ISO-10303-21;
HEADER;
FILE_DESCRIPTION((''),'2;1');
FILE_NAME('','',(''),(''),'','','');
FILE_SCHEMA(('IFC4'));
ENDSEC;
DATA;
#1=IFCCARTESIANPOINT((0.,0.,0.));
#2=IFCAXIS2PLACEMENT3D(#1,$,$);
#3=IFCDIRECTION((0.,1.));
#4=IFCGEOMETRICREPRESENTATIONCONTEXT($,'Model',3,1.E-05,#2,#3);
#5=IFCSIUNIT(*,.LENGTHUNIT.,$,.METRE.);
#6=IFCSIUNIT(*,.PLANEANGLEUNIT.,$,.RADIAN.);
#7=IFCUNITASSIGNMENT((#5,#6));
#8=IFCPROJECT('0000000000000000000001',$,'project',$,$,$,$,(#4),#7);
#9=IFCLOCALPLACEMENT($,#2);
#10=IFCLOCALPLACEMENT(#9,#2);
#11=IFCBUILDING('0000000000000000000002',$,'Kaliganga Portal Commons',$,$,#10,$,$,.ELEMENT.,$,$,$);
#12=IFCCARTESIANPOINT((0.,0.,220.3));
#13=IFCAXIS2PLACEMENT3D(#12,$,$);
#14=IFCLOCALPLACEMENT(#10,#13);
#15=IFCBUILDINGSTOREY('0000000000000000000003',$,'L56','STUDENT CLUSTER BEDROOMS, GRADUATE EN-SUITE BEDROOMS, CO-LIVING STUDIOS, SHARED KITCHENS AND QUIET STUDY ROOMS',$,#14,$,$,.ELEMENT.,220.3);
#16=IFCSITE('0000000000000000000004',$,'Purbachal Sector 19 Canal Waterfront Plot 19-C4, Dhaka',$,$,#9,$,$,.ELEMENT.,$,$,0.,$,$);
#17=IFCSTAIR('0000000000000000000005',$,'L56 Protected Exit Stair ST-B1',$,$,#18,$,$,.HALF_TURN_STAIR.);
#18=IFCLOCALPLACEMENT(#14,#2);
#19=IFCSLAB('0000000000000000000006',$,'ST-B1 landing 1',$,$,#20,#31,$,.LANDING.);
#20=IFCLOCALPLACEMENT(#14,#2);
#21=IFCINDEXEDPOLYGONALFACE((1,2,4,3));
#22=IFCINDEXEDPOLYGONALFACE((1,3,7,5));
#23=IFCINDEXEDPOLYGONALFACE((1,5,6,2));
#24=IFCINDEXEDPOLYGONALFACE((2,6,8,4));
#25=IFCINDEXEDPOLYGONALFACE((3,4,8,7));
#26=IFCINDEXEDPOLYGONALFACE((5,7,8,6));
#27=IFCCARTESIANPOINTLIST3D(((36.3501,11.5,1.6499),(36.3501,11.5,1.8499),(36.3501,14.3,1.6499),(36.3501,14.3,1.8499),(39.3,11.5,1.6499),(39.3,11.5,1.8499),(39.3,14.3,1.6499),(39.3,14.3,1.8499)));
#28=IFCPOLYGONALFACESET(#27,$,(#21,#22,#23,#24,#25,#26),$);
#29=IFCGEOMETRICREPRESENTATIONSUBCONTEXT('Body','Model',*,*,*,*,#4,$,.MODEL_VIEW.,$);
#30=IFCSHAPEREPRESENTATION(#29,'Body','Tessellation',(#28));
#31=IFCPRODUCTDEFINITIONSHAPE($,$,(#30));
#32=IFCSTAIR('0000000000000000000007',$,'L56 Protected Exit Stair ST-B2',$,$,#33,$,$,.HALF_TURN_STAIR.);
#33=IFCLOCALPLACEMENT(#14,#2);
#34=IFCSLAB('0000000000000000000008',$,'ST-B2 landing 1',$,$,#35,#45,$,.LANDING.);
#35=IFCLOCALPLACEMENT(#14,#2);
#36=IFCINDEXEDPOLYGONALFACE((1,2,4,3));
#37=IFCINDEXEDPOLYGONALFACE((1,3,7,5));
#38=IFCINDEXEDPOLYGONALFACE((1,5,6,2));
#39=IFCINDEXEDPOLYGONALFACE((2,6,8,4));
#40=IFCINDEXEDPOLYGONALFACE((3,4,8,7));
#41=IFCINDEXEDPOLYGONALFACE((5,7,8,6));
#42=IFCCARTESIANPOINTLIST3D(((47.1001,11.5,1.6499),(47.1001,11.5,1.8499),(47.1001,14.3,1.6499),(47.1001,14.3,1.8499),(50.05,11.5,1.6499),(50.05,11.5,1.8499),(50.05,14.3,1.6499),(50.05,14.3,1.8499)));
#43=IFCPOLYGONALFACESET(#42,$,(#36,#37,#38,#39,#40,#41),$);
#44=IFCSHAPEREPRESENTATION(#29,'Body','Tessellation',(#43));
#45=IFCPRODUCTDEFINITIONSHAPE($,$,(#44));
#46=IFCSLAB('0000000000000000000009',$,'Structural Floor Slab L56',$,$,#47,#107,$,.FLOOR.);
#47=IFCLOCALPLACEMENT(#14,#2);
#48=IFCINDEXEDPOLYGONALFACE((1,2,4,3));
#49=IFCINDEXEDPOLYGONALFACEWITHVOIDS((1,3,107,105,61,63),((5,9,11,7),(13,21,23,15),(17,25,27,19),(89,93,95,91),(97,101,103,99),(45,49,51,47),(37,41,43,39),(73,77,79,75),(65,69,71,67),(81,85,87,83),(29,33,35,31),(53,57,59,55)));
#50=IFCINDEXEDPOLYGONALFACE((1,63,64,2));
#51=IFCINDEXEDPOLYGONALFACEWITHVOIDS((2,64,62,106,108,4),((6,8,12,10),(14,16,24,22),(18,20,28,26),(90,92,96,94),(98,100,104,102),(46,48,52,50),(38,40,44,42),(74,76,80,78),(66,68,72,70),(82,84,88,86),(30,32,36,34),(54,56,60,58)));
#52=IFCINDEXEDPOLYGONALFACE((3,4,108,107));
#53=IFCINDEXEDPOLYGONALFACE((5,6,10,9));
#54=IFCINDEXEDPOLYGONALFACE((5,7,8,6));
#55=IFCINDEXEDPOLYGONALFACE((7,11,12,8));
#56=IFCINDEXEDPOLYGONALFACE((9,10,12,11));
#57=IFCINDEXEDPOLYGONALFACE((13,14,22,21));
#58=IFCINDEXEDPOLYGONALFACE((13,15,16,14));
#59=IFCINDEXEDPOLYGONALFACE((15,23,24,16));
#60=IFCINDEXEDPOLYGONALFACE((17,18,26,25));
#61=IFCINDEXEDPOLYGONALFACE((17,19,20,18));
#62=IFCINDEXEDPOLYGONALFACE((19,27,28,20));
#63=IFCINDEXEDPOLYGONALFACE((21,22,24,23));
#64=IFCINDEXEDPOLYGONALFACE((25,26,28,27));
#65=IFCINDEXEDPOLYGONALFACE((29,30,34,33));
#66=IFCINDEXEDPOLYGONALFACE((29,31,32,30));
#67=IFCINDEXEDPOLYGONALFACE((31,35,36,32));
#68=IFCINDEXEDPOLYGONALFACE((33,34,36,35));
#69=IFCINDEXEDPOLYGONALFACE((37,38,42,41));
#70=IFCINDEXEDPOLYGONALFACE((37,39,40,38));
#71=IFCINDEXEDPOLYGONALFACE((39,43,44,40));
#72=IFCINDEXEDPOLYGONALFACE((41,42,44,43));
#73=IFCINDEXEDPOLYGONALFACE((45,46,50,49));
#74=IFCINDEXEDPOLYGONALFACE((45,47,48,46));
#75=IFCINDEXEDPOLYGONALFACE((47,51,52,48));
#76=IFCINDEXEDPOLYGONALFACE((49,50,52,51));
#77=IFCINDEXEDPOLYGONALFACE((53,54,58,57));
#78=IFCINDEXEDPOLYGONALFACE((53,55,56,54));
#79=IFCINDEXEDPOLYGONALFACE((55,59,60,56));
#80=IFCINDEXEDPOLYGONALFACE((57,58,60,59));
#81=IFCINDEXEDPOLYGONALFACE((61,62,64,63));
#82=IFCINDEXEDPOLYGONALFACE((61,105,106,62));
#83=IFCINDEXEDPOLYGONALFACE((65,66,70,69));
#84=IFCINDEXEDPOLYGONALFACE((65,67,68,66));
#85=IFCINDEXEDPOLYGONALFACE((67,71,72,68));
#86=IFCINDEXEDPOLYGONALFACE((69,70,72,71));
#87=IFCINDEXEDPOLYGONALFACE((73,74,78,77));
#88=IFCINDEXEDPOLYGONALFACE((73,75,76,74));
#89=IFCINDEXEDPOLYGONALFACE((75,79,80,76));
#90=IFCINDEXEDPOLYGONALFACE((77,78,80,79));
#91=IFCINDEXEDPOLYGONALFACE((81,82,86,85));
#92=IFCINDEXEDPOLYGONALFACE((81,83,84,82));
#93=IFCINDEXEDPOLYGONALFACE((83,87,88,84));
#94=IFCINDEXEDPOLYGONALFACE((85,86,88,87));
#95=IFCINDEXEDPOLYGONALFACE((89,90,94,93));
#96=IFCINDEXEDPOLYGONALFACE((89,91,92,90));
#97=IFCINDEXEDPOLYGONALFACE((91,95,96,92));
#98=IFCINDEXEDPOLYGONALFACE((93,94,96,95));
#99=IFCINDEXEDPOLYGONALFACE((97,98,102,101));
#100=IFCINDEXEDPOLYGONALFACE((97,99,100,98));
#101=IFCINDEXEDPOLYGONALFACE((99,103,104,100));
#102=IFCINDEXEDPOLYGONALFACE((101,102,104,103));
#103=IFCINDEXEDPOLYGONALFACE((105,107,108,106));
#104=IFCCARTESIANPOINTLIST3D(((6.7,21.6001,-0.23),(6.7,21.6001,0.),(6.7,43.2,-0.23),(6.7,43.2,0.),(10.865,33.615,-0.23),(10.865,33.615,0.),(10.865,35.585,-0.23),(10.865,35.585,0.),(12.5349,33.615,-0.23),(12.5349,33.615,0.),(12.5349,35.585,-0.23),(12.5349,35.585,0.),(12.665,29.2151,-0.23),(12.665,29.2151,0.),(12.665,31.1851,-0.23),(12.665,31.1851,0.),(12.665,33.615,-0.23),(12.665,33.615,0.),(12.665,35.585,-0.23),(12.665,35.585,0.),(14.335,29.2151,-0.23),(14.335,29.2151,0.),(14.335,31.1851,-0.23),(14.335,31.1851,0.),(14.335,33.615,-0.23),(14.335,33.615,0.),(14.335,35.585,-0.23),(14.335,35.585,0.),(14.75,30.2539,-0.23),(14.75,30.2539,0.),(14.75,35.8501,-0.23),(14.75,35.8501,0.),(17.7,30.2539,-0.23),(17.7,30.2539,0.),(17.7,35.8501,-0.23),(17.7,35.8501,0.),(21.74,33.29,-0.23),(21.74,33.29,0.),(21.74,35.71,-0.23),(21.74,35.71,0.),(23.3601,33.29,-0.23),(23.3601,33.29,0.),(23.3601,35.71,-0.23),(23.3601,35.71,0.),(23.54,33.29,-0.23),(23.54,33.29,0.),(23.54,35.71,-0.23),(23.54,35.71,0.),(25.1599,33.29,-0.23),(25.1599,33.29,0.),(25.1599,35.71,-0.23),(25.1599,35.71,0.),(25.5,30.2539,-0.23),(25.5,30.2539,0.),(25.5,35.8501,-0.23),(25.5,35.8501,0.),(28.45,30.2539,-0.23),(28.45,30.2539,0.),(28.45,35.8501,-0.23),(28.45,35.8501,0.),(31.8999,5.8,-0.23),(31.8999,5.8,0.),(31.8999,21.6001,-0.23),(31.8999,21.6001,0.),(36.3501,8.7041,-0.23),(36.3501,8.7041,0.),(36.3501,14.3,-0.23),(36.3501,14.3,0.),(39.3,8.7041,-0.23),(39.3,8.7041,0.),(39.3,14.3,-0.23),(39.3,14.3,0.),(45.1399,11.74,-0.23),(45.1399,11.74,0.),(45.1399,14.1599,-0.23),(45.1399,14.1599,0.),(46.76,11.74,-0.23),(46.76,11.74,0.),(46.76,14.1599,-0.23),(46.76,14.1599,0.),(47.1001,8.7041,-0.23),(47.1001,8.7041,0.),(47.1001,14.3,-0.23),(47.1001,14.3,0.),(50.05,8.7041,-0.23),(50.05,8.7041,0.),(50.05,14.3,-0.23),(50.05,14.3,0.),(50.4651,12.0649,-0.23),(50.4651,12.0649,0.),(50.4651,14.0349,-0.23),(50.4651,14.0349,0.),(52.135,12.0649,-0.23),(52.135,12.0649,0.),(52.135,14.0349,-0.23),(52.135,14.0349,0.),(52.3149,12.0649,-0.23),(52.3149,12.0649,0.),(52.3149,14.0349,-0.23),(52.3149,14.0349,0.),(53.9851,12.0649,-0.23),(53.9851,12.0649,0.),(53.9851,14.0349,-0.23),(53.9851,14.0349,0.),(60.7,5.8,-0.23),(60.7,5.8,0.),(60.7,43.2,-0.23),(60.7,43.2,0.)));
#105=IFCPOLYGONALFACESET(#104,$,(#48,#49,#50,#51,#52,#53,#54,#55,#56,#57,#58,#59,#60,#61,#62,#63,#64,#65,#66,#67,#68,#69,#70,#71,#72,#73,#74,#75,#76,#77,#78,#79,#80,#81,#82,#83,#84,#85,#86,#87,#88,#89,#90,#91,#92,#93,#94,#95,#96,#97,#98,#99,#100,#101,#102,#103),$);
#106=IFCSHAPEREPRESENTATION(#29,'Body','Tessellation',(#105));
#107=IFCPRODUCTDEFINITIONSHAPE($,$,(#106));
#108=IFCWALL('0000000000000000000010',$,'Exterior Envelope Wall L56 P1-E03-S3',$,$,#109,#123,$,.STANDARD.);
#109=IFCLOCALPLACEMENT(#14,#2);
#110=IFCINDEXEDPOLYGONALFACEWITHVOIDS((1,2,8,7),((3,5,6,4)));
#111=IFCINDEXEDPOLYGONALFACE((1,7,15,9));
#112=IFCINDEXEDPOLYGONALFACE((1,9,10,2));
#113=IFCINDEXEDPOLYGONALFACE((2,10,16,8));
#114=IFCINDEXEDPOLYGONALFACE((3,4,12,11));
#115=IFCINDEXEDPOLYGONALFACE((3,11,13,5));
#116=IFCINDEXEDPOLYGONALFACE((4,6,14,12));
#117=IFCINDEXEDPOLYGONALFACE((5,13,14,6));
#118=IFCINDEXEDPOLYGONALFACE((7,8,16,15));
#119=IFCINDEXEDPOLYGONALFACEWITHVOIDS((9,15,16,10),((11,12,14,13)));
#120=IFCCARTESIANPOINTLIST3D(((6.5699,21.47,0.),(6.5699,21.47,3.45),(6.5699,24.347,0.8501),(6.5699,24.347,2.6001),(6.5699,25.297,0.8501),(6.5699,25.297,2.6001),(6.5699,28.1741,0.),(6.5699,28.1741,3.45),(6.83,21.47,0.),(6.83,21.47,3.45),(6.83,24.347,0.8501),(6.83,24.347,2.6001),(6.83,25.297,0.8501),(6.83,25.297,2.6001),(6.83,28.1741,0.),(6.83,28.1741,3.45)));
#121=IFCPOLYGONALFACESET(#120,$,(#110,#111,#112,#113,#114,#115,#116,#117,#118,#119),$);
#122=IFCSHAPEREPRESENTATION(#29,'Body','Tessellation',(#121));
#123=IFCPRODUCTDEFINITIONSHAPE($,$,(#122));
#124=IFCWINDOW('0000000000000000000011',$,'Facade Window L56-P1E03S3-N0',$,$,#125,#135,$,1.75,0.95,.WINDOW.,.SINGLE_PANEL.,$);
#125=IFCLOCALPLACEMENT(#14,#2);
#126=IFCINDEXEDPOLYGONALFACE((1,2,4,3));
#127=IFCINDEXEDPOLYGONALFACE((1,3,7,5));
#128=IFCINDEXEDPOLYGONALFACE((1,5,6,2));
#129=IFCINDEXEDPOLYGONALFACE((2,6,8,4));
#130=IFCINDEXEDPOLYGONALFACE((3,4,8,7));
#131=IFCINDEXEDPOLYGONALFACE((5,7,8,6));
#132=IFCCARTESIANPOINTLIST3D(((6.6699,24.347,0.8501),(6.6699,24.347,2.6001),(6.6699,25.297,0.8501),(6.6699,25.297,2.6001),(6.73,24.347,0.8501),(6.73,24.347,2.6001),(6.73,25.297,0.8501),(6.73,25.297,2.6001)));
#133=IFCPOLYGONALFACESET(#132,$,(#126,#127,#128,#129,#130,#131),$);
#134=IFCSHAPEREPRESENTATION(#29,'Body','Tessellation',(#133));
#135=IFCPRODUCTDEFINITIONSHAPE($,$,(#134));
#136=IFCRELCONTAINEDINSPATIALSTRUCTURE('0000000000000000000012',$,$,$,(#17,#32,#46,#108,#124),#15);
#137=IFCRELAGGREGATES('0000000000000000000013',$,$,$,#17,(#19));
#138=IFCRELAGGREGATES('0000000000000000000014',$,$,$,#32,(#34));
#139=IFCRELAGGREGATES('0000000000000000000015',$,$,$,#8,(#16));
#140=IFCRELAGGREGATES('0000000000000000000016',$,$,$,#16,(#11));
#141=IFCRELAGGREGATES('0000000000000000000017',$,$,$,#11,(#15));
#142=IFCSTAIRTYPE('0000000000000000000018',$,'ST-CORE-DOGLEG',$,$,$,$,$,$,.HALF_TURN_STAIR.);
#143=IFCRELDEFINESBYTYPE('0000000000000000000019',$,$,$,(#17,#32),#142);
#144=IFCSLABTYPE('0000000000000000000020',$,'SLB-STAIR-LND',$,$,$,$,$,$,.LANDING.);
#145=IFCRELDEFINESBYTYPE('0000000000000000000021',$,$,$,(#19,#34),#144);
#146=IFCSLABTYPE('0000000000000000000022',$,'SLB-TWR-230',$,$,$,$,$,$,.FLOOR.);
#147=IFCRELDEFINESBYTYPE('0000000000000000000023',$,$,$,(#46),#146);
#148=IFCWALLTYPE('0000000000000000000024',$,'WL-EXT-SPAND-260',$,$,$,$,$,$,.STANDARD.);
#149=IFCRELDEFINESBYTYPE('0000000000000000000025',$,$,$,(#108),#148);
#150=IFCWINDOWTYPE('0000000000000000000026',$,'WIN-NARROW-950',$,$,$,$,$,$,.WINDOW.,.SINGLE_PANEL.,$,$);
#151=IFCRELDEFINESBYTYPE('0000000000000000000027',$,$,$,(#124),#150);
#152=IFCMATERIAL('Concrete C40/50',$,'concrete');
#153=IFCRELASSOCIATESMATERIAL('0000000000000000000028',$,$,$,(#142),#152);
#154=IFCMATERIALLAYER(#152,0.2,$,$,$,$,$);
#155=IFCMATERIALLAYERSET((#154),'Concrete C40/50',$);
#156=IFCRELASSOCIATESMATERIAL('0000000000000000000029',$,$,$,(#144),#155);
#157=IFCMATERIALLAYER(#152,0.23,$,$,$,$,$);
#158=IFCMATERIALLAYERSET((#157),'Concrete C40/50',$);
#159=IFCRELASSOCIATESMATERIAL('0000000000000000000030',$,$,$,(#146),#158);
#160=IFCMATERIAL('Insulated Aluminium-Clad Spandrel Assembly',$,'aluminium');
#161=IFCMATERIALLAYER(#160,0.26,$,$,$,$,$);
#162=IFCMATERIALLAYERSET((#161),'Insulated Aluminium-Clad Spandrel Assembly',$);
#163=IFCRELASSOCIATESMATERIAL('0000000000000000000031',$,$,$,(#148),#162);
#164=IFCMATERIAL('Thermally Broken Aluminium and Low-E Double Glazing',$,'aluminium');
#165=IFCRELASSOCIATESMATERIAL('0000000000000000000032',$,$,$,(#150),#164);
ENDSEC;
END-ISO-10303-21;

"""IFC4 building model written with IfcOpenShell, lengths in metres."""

from ifc_helpers import new_model, si_unit, direction, frame, frame_2d, origin, place, context, subcontext, project, spatial, polyline, rectangle, outline, extrude, material, layer, layer_set, type_object, element, fill, aggregate, save


model = new_model("IFC4")

# Units and contexts
model_context = context("Model", 3, precision=1e-05, world=origin(), true_north=direction((0.0, 1.0)))
body_context = subcontext(model_context, "Body", "Model", "MODEL_VIEW")
ifc_project = project(units=[si_unit("LENGTHUNIT", "METRE"), si_unit("PLANEANGLEUNIT", "RADIAN")], contexts=[model_context])

# Site, building, storey
site_placement = place(None, origin())
site = spatial("IfcSite", under=ifc_project, at=site_placement, Name="Purbachal Sector 19 Canal Waterfront Plot 19-C4, Dhaka", CompositionType="ELEMENT", RefElevation=0.0)
building_placement = place(site_placement, origin())
building = spatial("IfcBuilding", under=site, at=building_placement, Name="Kaliganga Portal Commons", CompositionType="ELEMENT")
storey_placement = place(building_placement, frame((0.0, 0.0, 220.3)))
storey = spatial("IfcBuildingStorey", under=building, at=storey_placement, Name="L56", Description="STUDENT CLUSTER BEDROOMS, GRADUATE EN-SUITE BEDROOMS, CO-LIVING STUDIOS, SHARED KITCHENS AND QUIET STUDY ROOMS", CompositionType="ELEMENT", Elevation=220.3)

# Shared definitions
ifc_material_1 = material(Name="Concrete C40/50", Category="concrete")

# Stairs, slabs
stair_type = type_object("IfcStairType", Name="ST-CORE-DOGLEG", PredefinedType="HALF_TURN_STAIR", material=ifc_material_1)
ifc_layer_1 = layer(ifc_material_1, 0.2)
ifc_layer_set_1 = layer_set([ifc_layer_1], Name="Concrete C40/50")
slab_type_1 = type_object("IfcSlabType", Name="SLB-STAIR-LND", PredefinedType="LANDING", material=ifc_layer_set_1)
stair_1_placement = place(storey_placement, origin())
stair_1 = element("IfcStair", 1, at=stair_1_placement, inside=storey, type_object=stair_type, Name="L56 Protected Exit Stair ST-B1", PredefinedType="HALF_TURN_STAIR")
slab_1_placement = place(storey_placement, frame((0.0, 0.0, 1.6499)))
slab_1 = element("IfcSlab", 2, at=slab_1_placement, type_object=slab_type_1, Name="ST-B1 landing 1", PredefinedType="LANDING", context=body_context, shape_type="SweptSolid", body=[
    extrude(outline(polyline([(39.3, 11.5), (39.3, 14.3), (36.3501, 14.3), (36.3501, 11.5), (39.3, 11.5)])), origin(), (0.0, 0.0, 1.0), 0.2),
])
aggregate(stair_1, [slab_1])
stair_2_placement = place(storey_placement, origin())
stair_2 = element("IfcStair", 3, at=stair_2_placement, inside=storey, type_object=stair_type, Name="L56 Protected Exit Stair ST-B2", PredefinedType="HALF_TURN_STAIR")
slab_2_placement = place(storey_placement, frame((0.0, 0.0, 1.6499)))
slab_2 = element("IfcSlab", 4, at=slab_2_placement, type_object=slab_type_1, Name="ST-B2 landing 1", PredefinedType="LANDING", context=body_context, shape_type="SweptSolid", body=[
    extrude(outline(polyline([(50.05, 11.5), (50.05, 14.3), (47.1001, 14.3), (47.1001, 11.5), (50.05, 11.5)])), origin(), (0.0, 0.0, 1.0), 0.2),
])
aggregate(stair_2, [slab_2])

# Slab
ifc_layer_2 = layer(ifc_material_1, 0.23)
ifc_layer_set_2 = layer_set([ifc_layer_2], Name="Concrete C40/50")
slab_type_2 = type_object("IfcSlabType", Name="SLB-TWR-230", PredefinedType="FLOOR", material=ifc_layer_set_2)
slab_3_placement = place(storey_placement, frame((0.0, 0.0, -0.23)))
element("IfcSlab", 5, at=slab_3_placement, inside=storey, type_object=slab_type_2, Name="Structural Floor Slab L56", PredefinedType="FLOOR", context=body_context, shape_type="SweptSolid", body=[
    extrude(outline(polyline([(31.8999, 5.8), (60.7, 5.8), (60.7, 43.2), (6.7, 43.2), (6.7, 21.6001), (31.8999, 21.6001), (31.8999, 5.8)]), holes=[polyline([(14.75, 30.2539), (14.75, 35.8501), (17.7, 35.8501), (17.7, 30.2539), (14.75, 30.2539)]), polyline([(25.5, 30.2539), (25.5, 35.8501), (28.45, 35.8501), (28.45, 30.2539), (25.5, 30.2539)]), polyline([(36.3501, 8.7041), (36.3501, 14.3), (39.3, 14.3), (39.3, 8.7041), (36.3501, 8.7041)]), polyline([(47.1001, 8.7041), (47.1001, 14.3), (50.05, 14.3), (50.05, 8.7041), (47.1001, 8.7041)]), polyline([(12.665, 33.615), (12.665, 35.585), (14.335, 35.585), (14.335, 33.615), (12.665, 33.615)]), polyline([(12.665, 29.2151), (12.665, 31.1851), (14.335, 31.1851), (14.335, 29.2151), (12.665, 29.2151)]), polyline([(10.865, 33.615), (10.865, 35.585), (12.5349, 35.585), (12.5349, 33.615), (10.865, 33.615)]), polyline([(21.74, 33.29), (21.74, 35.71), (23.3601, 35.71), (23.3601, 33.29), (21.74, 33.29)]), polyline([(23.54, 33.29), (23.54, 35.71), (25.1599, 35.71), (25.1599, 33.29), (23.54, 33.29)]), polyline([(50.4651, 12.0649), (50.4651, 14.0349), (52.135, 14.0349), (52.135, 12.0649), (50.4651, 12.0649)]), polyline([(52.3149, 12.0649), (52.3149, 14.0349), (53.9851, 14.0349), (53.9851, 12.0649), (52.3149, 12.0649)]), polyline([(45.1399, 11.74), (45.1399, 14.1599), (46.76, 14.1599), (46.76, 11.74), (45.1399, 11.74)])]), origin(), (0.0, 0.0, 1.0), 0.23),
])

# Wall, opening, window
ifc_material_2 = material(Name="Insulated Aluminium-Clad Spandrel Assembly", Category="aluminium")
ifc_layer_3 = layer(ifc_material_2, 0.26)
ifc_layer_set_3 = layer_set([ifc_layer_3], Name="Insulated Aluminium-Clad Spandrel Assembly")
wall_type_1 = type_object("IfcWallType", Name="WL-EXT-SPAND-260", PredefinedType="STANDARD", material=ifc_layer_set_3)
wall_1_placement = place(storey_placement, frame((6.7, 21.47, 0.0), z_axis=(0.0, 0.0, 1.0), x_axis=(0.0, 1.0, 0.0)))
wall_1 = element("IfcWall", 6, at=wall_1_placement, inside=storey, type_object=wall_type_1, Name="Exterior Envelope Wall L56 P1-E03-S3", PredefinedType="STANDARD", context=body_context, shape_type="SweptSolid", body=[
    extrude(rectangle(XDim=6.7041, YDim=0.26, at=frame_2d((3.3521, 0.0))), origin(), (0.0, 0.0, 1.0), 3.45),
])
opening_1_placement = place(wall_1_placement, frame((2.877, 0.0, 0.8501)))
opening_1 = element("IfcOpeningElement", 7, at=opening_1_placement, cuts=wall_1, PredefinedType="OPENING", context=body_context, shape_type="SweptSolid", body=[
    extrude(rectangle(XDim=0.95, YDim=1.75, at=frame_2d((0.4751, 0.875))), frame((0.0, 0.1401, 0.0), z_axis=(0.0, -1.0, 0.0), x_axis=(1.0, 0.0, 0.0)), (0.0, 0.0, 1.0), 0.28),
])
ifc_material_3 = material(Name="Thermally Broken Aluminium and Low-E Double Glazing", Category="aluminium")
window_type_1 = type_object("IfcWindowType", Name="WIN-NARROW-950", PartitioningType="SINGLE_PANEL", PredefinedType="WINDOW", material=ifc_material_3)
window_1_placement = place(opening_1_placement, origin())
window_1 = element("IfcWindow", 8, at=window_1_placement, inside=storey, type_object=window_type_1, Name="Facade Window L56-P1E03S3-N0", OverallHeight=1.75, OverallWidth=0.95, PartitioningType="SINGLE_PANEL", PredefinedType="WINDOW", context=body_context, shape_type="SweptSolid", body=[
    extrude(rectangle(XDim=0.95, YDim=1.75, at=frame_2d((0.4751, 0.875))), frame((0.0, 0.03, 0.0), z_axis=(0.0, -1.0, 0.0), x_axis=(1.0, 0.0, 0.0)), (0.0, 0.0, 1.0), 0.0601),
])
fill(opening_1, window_1)

save(model, "model.ifc")
